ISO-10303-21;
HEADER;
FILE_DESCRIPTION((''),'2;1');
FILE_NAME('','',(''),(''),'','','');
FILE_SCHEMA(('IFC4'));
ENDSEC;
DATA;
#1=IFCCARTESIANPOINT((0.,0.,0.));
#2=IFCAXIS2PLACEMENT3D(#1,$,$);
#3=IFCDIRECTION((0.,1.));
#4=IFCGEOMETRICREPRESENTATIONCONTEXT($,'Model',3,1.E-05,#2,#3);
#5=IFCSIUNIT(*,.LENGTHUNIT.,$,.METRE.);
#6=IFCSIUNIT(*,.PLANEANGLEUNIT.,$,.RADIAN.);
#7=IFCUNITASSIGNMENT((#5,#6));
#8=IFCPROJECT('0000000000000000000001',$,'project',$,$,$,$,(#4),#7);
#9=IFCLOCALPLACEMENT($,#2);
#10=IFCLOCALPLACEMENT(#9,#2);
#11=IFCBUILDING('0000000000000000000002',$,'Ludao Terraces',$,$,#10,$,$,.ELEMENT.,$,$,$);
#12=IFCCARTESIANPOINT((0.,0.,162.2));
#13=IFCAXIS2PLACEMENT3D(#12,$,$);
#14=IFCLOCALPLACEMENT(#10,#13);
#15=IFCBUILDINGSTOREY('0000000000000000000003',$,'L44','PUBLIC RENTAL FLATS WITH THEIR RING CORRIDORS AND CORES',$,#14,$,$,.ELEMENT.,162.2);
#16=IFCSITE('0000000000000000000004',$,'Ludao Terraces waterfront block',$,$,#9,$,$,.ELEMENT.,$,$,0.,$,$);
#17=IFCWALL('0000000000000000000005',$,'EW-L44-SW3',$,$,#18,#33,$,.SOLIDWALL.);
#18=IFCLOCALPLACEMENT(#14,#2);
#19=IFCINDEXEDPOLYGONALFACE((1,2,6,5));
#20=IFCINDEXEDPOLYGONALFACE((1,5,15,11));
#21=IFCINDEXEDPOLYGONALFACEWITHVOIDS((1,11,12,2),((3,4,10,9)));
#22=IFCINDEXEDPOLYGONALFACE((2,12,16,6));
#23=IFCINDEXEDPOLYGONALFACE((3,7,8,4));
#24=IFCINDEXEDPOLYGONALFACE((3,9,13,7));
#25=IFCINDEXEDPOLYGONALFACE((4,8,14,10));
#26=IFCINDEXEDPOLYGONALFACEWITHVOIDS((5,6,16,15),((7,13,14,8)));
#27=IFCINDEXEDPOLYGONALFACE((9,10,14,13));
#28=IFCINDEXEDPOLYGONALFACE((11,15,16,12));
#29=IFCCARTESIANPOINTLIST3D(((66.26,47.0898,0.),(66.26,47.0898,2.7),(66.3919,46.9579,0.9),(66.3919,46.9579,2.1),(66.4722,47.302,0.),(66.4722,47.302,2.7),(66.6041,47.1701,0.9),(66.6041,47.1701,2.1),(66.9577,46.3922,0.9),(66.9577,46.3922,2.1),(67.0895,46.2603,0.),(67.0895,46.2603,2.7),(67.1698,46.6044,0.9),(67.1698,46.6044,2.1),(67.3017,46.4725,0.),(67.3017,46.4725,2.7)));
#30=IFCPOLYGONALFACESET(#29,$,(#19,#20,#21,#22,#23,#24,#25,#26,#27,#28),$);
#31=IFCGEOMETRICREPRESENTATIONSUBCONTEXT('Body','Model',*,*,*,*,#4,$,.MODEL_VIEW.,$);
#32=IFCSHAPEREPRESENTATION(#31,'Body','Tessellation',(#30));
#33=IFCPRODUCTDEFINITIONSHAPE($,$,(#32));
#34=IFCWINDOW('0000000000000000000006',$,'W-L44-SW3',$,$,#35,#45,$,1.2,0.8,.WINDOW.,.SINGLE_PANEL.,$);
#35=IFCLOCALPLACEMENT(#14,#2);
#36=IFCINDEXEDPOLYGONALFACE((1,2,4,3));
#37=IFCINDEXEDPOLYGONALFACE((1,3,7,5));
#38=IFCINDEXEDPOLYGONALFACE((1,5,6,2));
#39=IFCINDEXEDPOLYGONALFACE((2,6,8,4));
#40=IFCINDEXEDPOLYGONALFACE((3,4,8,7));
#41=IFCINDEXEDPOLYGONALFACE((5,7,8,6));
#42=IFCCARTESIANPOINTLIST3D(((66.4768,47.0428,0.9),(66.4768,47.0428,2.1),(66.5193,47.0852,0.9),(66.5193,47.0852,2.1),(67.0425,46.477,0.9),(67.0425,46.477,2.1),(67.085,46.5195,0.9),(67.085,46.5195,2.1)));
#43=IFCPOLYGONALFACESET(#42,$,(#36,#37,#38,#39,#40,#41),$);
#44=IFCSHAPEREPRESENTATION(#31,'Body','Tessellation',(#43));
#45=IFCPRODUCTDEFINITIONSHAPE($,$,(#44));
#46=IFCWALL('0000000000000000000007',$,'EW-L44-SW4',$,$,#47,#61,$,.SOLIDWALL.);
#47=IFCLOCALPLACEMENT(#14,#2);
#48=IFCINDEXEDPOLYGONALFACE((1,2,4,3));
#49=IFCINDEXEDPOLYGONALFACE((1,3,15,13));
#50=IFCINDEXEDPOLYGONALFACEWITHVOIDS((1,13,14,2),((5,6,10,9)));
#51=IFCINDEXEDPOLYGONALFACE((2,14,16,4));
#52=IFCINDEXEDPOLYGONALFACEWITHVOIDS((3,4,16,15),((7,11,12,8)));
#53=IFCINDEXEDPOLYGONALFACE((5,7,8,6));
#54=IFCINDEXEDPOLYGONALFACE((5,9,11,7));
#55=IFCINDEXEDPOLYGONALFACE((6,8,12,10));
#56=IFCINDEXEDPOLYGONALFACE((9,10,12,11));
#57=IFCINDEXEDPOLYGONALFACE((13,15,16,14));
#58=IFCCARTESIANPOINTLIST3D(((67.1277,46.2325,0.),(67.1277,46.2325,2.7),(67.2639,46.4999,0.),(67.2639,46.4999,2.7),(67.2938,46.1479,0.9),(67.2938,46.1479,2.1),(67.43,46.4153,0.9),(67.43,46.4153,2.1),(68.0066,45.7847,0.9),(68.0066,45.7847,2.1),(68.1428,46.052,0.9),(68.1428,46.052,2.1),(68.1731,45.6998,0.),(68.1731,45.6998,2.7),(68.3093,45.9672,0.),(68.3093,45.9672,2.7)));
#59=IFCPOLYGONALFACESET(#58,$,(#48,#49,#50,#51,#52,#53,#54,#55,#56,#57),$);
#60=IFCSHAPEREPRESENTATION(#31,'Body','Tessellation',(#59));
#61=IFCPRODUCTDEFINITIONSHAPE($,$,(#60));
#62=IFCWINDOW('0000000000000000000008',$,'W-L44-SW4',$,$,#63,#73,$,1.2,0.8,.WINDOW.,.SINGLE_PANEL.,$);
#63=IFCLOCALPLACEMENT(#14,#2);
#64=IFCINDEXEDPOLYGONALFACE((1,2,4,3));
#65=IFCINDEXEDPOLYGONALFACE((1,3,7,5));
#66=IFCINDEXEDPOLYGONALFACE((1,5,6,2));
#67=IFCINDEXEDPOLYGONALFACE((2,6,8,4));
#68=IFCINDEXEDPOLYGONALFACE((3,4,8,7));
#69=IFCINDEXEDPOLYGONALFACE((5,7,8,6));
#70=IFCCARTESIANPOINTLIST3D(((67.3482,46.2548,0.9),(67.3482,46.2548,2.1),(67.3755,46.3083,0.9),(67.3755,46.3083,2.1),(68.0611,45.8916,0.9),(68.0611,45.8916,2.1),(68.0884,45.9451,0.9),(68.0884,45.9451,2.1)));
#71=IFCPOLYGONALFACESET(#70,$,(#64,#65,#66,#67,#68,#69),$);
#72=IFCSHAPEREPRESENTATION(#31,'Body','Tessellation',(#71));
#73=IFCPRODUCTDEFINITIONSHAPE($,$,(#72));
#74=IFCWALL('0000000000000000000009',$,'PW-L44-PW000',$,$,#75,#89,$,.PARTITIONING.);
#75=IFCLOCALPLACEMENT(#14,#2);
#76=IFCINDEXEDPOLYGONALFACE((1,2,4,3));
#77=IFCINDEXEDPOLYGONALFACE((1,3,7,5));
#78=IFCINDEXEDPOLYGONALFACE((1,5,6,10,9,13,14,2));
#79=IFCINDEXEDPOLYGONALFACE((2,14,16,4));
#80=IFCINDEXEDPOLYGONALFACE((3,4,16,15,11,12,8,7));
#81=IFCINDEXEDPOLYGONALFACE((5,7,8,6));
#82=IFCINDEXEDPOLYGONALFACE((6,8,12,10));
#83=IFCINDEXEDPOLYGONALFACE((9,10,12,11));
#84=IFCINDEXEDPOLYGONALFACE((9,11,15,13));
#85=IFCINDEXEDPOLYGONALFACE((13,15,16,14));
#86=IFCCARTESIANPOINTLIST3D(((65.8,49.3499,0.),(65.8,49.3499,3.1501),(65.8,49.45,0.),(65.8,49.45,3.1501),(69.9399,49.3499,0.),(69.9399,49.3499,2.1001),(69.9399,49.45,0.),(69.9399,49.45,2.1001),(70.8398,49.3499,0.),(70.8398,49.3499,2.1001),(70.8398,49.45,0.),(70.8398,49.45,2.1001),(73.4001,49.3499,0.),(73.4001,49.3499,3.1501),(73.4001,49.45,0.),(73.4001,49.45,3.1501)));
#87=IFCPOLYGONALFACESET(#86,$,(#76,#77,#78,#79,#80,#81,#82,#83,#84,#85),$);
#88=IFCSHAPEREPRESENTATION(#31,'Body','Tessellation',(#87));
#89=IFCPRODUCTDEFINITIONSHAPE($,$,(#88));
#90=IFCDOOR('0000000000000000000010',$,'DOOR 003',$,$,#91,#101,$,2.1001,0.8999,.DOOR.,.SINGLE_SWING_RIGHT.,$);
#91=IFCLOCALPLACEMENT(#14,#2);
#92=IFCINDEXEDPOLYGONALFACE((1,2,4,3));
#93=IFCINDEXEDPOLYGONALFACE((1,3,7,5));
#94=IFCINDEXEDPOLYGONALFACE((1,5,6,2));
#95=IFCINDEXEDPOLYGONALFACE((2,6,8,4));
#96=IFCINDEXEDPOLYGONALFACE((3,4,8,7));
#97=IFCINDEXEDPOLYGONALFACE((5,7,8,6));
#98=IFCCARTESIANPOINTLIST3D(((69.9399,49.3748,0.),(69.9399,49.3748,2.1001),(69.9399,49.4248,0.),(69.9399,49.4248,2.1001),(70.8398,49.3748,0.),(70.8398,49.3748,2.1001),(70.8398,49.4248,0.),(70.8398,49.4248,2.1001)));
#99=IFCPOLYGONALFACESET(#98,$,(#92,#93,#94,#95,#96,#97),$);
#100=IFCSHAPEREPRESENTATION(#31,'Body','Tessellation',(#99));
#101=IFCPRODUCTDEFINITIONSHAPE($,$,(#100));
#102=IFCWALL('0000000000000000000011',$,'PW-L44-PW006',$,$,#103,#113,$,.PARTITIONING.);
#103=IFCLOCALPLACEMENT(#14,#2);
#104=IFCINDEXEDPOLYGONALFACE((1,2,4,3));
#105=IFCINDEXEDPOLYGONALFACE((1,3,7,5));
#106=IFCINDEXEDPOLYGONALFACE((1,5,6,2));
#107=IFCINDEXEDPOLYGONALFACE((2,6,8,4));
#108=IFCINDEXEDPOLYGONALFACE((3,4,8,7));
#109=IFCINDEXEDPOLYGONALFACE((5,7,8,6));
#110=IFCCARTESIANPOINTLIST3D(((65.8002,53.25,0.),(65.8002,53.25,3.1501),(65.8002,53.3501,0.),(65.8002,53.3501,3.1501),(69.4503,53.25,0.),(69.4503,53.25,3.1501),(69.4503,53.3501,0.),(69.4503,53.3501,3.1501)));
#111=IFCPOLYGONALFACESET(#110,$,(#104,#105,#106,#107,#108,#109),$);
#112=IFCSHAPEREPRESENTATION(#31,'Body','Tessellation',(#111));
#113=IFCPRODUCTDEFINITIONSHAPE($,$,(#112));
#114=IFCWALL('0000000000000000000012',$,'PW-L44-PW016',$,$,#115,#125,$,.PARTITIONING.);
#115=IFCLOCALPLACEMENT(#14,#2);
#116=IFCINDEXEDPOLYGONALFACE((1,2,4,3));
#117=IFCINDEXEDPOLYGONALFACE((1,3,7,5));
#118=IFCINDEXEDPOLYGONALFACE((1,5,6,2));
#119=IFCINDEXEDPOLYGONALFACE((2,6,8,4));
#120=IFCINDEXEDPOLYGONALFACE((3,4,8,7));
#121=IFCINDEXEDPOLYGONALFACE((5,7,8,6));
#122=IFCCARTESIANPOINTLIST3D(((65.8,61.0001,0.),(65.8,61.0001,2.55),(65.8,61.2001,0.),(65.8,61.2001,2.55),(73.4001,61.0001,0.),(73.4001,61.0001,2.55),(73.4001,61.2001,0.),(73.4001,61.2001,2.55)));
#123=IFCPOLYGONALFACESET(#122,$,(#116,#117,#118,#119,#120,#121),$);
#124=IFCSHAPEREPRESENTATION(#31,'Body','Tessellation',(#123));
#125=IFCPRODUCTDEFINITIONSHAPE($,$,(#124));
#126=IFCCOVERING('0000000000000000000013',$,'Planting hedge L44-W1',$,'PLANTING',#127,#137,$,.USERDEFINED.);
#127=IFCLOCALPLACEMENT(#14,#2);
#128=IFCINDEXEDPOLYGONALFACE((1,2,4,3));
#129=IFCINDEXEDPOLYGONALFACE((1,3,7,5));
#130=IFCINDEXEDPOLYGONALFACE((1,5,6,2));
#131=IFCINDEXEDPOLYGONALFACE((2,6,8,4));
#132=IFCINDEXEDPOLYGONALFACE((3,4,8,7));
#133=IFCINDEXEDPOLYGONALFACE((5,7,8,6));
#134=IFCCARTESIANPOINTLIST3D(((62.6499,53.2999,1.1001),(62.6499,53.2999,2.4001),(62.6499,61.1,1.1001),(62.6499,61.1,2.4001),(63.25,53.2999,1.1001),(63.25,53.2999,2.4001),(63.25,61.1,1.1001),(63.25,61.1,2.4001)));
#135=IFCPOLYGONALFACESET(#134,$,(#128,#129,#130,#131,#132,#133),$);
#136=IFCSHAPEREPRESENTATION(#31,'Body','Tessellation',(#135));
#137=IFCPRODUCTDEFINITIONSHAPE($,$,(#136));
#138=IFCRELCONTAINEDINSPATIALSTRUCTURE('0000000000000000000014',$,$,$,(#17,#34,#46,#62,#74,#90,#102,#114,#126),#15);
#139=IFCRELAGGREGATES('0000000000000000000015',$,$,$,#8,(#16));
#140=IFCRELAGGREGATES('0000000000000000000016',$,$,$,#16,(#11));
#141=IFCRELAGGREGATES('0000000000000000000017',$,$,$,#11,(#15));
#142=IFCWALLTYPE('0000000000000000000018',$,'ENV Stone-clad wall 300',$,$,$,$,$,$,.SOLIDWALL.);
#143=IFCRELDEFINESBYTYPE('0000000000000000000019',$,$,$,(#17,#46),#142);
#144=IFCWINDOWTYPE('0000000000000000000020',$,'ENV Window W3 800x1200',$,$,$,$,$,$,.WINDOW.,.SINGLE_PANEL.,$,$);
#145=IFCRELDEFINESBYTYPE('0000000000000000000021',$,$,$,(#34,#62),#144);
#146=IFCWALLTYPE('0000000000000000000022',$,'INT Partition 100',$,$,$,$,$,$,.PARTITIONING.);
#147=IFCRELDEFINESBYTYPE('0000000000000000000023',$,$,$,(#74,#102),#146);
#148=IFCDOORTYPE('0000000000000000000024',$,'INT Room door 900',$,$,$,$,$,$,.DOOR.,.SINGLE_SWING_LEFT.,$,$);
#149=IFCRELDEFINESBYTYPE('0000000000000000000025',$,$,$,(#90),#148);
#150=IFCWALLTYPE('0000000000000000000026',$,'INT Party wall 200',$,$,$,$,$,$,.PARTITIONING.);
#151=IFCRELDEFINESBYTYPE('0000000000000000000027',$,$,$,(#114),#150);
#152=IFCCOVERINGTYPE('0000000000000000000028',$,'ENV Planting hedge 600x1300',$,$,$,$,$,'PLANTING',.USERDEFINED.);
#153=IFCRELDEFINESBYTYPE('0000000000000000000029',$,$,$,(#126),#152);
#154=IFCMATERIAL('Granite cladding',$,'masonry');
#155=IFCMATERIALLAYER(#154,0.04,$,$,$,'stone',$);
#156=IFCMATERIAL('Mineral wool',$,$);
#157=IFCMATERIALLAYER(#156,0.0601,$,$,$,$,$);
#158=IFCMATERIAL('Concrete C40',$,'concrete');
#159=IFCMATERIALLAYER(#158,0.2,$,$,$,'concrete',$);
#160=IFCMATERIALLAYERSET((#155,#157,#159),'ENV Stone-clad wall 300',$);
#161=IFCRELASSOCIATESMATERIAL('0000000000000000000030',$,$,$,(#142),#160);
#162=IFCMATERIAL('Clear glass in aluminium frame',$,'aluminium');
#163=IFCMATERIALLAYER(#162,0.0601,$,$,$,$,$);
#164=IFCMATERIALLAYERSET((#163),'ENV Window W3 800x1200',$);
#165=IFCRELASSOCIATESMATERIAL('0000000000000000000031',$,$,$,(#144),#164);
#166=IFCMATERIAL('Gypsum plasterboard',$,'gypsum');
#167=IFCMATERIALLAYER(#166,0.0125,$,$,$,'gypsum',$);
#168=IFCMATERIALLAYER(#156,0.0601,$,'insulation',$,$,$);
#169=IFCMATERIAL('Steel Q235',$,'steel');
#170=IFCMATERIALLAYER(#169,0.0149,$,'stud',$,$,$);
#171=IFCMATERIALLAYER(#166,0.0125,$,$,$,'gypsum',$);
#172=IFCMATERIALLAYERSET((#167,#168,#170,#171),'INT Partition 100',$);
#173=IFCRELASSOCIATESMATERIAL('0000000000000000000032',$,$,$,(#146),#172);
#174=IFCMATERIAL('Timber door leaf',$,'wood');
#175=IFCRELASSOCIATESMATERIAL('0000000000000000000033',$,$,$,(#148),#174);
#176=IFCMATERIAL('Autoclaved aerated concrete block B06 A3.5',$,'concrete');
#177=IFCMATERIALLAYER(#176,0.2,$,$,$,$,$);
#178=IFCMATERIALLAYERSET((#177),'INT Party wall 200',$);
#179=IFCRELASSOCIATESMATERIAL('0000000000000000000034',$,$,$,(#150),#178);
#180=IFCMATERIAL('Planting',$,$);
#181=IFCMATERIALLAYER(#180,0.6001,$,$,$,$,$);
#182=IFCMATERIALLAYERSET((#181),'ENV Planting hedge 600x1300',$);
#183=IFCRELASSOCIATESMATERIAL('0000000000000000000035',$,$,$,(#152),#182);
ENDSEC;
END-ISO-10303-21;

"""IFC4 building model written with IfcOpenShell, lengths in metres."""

from ifc_helpers import new_model, si_unit, direction, frame, frame_2d, origin, origin_2d, place, context, subcontext, project, spatial, rectangle, extrude, material, layer, layer_set, type_object, element, fill, save


model = new_model("IFC4")

# Units and contexts
model_context = context("Model", 3, precision=1e-05, world=origin(), true_north=direction((0.0, 1.0)))
body_context = subcontext(model_context, "Body", "Model", "MODEL_VIEW")
ifc_project = project(units=[si_unit("LENGTHUNIT", "METRE"), si_unit("PLANEANGLEUNIT", "RADIAN")], contexts=[model_context])

# Site, building, storey
site_placement = place(None, origin())
site = spatial("IfcSite", under=ifc_project, at=site_placement, Name="Ludao Terraces waterfront block", CompositionType="ELEMENT", RefElevation=0.0)
building_placement = place(site_placement, origin())
building = spatial("IfcBuilding", under=site, at=building_placement, Name="Ludao Terraces", CompositionType="ELEMENT")
storey_placement = place(building_placement, frame((0.0, 0.0, 162.2)))
storey = spatial("IfcBuildingStorey", under=building, at=storey_placement, Name="L44", Description="PUBLIC RENTAL FLATS WITH THEIR RING CORRIDORS AND CORES", CompositionType="ELEMENT", Elevation=162.2)

# Shared definitions
ifc_material_1 = material(Name="Concrete C40", Category="concrete")

# Shared definitions
ifc_material_2 = material(Name="Granite cladding", Category="masonry")
ifc_layer_1 = layer(ifc_material_2, 0.04, Category="stone")
ifc_material_3 = material(Name="Mineral wool")
ifc_layer_2 = layer(ifc_material_3, 0.0601)
ifc_layer_3 = layer(ifc_material_1, 0.2, Category="concrete")
ifc_layer_set_1 = layer_set([ifc_layer_1, ifc_layer_2, ifc_layer_3], Name="ENV Stone-clad wall 300")
wall_type_1 = type_object("IfcWallType", Name="ENV Stone-clad wall 300", PredefinedType="SOLIDWALL", material=ifc_layer_set_1)
ifc_material_4 = material(Name="Clear glass in aluminium frame", Category="aluminium")

# Walls, openings, windows
ifc_layer_4 = layer(ifc_material_4, 0.0601)
ifc_layer_set_2 = layer_set([ifc_layer_4], Name="ENV Window W3 800x1200")
window_type_1 = type_object("IfcWindowType", Name="ENV Window W3 800x1200", PartitioningType="SINGLE_PANEL", PredefinedType="WINDOW", material=ifc_layer_set_2)
wall_1_placement = place(storey_placement, frame((66.3662, 47.1958, 0.0), z_axis=(0.0, 0.0, 1.0), x_axis=(0.707107, -0.707107, 0.0)))
wall_1 = element("IfcWall", 1, at=wall_1_placement, inside=storey, type_object=wall_type_1, Name="EW-L44-SW3", PredefinedType="SOLIDWALL", context=body_context, shape_type="SweptSolid", body=[
    extrude(rectangle(XDim=1.1731, YDim=0.3, at=frame_2d((0.5864, 0.0))), origin(), (0.0, 0.0, 1.0), 2.7),
])
opening_1_placement = place(wall_1_placement, frame((0.1865, 0.0, 0.8999)))
opening_1 = element("IfcOpeningElement", 2, at=opening_1_placement, cuts=wall_1, PredefinedType="OPENING", context=body_context, shape_type="SweptSolid", body=[
    extrude(rectangle(XDim=0.8, YDim=1.2, at=frame_2d((0.3999, 0.6001))), frame((0.0, 0.1602, 0.0), z_axis=(0.0, -1.0, 0.0), x_axis=(1.0, 0.0, 0.0)), (0.0, 0.0, 1.0), 0.3201),
])
window_1_placement = place(opening_1_placement, origin())
window_1 = element("IfcWindow", 3, at=window_1_placement, inside=storey, type_object=window_type_1, Name="W-L44-SW3", OverallHeight=1.2, OverallWidth=0.8, PartitioningType="SINGLE_PANEL", PredefinedType="WINDOW", context=body_context, shape_type="SweptSolid", body=[
    extrude(rectangle(XDim=0.8, YDim=1.2, at=frame_2d((0.3999, 0.6001))), frame((0.0, 0.03, 0.0), z_axis=(0.0, -1.0, 0.0), x_axis=(1.0, 0.0, 0.0)), (0.0, 0.0, 1.0), 0.0601),
])
fill(opening_1, window_1)
wall_2_placement = place(storey_placement, frame((67.1958, 46.3662, 0.0), z_axis=(0.0, 0.0, 1.0), x_axis=(0.890989, -0.454026, 0.0)))
wall_2 = element("IfcWall", 4, at=wall_2_placement, inside=storey, type_object=wall_type_1, Name="EW-L44-SW4", PredefinedType="SOLIDWALL", context=body_context, shape_type="SweptSolid", body=[
    extrude(rectangle(XDim=1.1733, YDim=0.3, at=frame_2d((0.5867, 0.0))), origin(), (0.0, 0.0, 1.0), 2.7),
])
opening_2_placement = place(wall_2_placement, frame((0.1865, 0.0, 0.8999)))
opening_2 = element("IfcOpeningElement", 5, at=opening_2_placement, cuts=wall_2, PredefinedType="OPENING", context=body_context, shape_type="SweptSolid", body=[
    extrude(rectangle(XDim=0.8, YDim=1.2, at=frame_2d((0.3999, 0.6001))), frame((0.0, 0.1602, 0.0), z_axis=(0.0, -1.0, 0.0), x_axis=(1.0, 0.0, 0.0)), (0.0, 0.0, 1.0), 0.3201),
])
window_2_placement = place(opening_2_placement, origin())
window_2 = element("IfcWindow", 6, at=window_2_placement, inside=storey, type_object=window_type_1, Name="W-L44-SW4", OverallHeight=1.2, OverallWidth=0.8, PartitioningType="SINGLE_PANEL", PredefinedType="WINDOW", context=body_context, shape_type="SweptSolid", body=[
    extrude(rectangle(XDim=0.8, YDim=1.2, at=frame_2d((0.3999, 0.6001))), frame((0.0, 0.03, 0.0), z_axis=(0.0, -1.0, 0.0), x_axis=(1.0, 0.0, 0.0)), (0.0, 0.0, 1.0), 0.0601),
])
fill(opening_2, window_2)

# Wall, opening, door
ifc_material_5 = material(Name="Gypsum plasterboard", Category="gypsum")
ifc_layer_5 = layer(ifc_material_5, 0.0125, Category="gypsum")
ifc_layer_6 = layer(ifc_material_3, 0.0601, Name="insulation")
ifc_material_6 = material(Name="Steel Q235", Category="steel")
ifc_layer_7 = layer(ifc_material_6, 0.0149, Name="stud")
ifc_layer_8 = layer(ifc_material_5, 0.0125, Category="gypsum")
ifc_layer_set_3 = layer_set([ifc_layer_5, ifc_layer_6, ifc_layer_7, ifc_layer_8], Name="INT Partition 100")
wall_type_2 = type_object("IfcWallType", Name="INT Partition 100", PredefinedType="PARTITIONING", material=ifc_layer_set_3)
wall_3_placement = place(storey_placement, frame((65.8, 49.3999, 0.0), z_axis=(0.0, 0.0, 1.0), x_axis=(1.0, 0.0, 0.0)))
wall_3 = element("IfcWall", 7, at=wall_3_placement, inside=storey, type_object=wall_type_2, Name="PW-L44-PW000", PredefinedType="PARTITIONING", context=body_context, shape_type="SweptSolid", body=[
    extrude(rectangle(XDim=7.6001, YDim=0.1001, at=frame_2d((3.8, 0.0))), origin(), (0.0, 0.0, 1.0), 3.1501),
])
opening_3_placement = place(wall_3_placement, frame((4.1399, 0.0, 0.0)))
opening_3 = element("IfcOpeningElement", 8, at=opening_3_placement, cuts=wall_3, PredefinedType="OPENING", context=body_context, shape_type="SweptSolid", body=[
    extrude(rectangle(XDim=0.8999, YDim=2.1001, at=frame_2d((0.45, 1.05))), frame((0.0, 0.0601, 0.0), z_axis=(0.0, -1.0, 0.0), x_axis=(1.0, 0.0, 0.0)), (0.0, 0.0, 1.0), 0.1201),
])
ifc_material_7 = material(Name="Timber door leaf", Category="wood")
door_type_1 = type_object("IfcDoorType", Name="INT Room door 900", OperationType="SINGLE_SWING_LEFT", PredefinedType="DOOR", material=ifc_material_7)
door_1_placement = place(opening_3_placement, origin())
door_1 = element("IfcDoor", 9, at=door_1_placement, inside=storey, type_object=door_type_1, Name="DOOR 003", OperationType="SINGLE_SWING_RIGHT", OverallHeight=2.1001, OverallWidth=0.8999, PredefinedType="DOOR", context=body_context, shape_type="SweptSolid", body=[
    extrude(rectangle(XDim=0.8999, YDim=2.1001, at=frame_2d((0.45, 1.05))), frame((0.0, 0.0249, 0.0), z_axis=(0.0, -1.0, 0.0), x_axis=(1.0, 0.0, 0.0)), (0.0, 0.0, 1.0), 0.05),
])
fill(opening_3, door_1)

# Walls
wall_4_placement = place(storey_placement, frame((65.8, 53.3, 0.0), z_axis=(0.0, 0.0, 1.0), x_axis=(1.0, 0.0, 0.0)))
element("IfcWall", 10, at=wall_4_placement, inside=storey, type_object=wall_type_2, Name="PW-L44-PW006", PredefinedType="PARTITIONING", context=body_context, shape_type="SweptSolid", body=[
    extrude(rectangle(XDim=3.6501, YDim=0.1001, at=frame_2d((1.8252, 0.0))), origin(), (0.0, 0.0, 1.0), 3.1501),
])
ifc_material_8 = material(Name="Autoclaved aerated concrete block B06 A3.5", Category="concrete")
ifc_layer_9 = layer(ifc_material_8, 0.2)
ifc_layer_set_4 = layer_set([ifc_layer_9], Name="INT Party wall 200")
wall_type_3 = type_object("IfcWallType", Name="INT Party wall 200", PredefinedType="PARTITIONING", material=ifc_layer_set_4)
wall_5_placement = place(storey_placement, frame((65.8, 61.1001, 0.0), z_axis=(0.0, 0.0, 1.0), x_axis=(1.0, 0.0, 0.0)))
element("IfcWall", 11, at=wall_5_placement, inside=storey, type_object=wall_type_3, Name="PW-L44-PW016", PredefinedType="PARTITIONING", context=body_context, shape_type="SweptSolid", body=[
    extrude(rectangle(XDim=7.6001, YDim=0.2, at=frame_2d((3.8, 0.0))), origin(), (0.0, 0.0, 1.0), 2.55),
])

# Covering
ifc_material_9 = material(Name="Planting")
ifc_layer_10 = layer(ifc_material_9, 0.6001)
ifc_layer_set_5 = layer_set([ifc_layer_10], Name="ENV Planting hedge 600x1300")
covering_type = type_object("IfcCoveringType", Name="ENV Planting hedge 600x1300", ElementType="PLANTING", PredefinedType="USERDEFINED", material=ifc_layer_set_5)
covering_placement = place(storey_placement, frame((62.95, 57.2, 1.1001), z_axis=(0.0, 0.0, 1.0), x_axis=(1.0, 0.0, 0.0)))
element("IfcCovering", 12, at=covering_placement, inside=storey, type_object=covering_type, Name="Planting hedge L44-W1", ObjectType="PLANTING", PredefinedType="USERDEFINED", context=body_context, shape_type="SweptSolid", body=[
    extrude(rectangle(XDim=0.6001, YDim=7.8, at=origin_2d()), origin(), (0.0, 0.0, 1.0), 1.3),
])

save(model, "model.ifc")
